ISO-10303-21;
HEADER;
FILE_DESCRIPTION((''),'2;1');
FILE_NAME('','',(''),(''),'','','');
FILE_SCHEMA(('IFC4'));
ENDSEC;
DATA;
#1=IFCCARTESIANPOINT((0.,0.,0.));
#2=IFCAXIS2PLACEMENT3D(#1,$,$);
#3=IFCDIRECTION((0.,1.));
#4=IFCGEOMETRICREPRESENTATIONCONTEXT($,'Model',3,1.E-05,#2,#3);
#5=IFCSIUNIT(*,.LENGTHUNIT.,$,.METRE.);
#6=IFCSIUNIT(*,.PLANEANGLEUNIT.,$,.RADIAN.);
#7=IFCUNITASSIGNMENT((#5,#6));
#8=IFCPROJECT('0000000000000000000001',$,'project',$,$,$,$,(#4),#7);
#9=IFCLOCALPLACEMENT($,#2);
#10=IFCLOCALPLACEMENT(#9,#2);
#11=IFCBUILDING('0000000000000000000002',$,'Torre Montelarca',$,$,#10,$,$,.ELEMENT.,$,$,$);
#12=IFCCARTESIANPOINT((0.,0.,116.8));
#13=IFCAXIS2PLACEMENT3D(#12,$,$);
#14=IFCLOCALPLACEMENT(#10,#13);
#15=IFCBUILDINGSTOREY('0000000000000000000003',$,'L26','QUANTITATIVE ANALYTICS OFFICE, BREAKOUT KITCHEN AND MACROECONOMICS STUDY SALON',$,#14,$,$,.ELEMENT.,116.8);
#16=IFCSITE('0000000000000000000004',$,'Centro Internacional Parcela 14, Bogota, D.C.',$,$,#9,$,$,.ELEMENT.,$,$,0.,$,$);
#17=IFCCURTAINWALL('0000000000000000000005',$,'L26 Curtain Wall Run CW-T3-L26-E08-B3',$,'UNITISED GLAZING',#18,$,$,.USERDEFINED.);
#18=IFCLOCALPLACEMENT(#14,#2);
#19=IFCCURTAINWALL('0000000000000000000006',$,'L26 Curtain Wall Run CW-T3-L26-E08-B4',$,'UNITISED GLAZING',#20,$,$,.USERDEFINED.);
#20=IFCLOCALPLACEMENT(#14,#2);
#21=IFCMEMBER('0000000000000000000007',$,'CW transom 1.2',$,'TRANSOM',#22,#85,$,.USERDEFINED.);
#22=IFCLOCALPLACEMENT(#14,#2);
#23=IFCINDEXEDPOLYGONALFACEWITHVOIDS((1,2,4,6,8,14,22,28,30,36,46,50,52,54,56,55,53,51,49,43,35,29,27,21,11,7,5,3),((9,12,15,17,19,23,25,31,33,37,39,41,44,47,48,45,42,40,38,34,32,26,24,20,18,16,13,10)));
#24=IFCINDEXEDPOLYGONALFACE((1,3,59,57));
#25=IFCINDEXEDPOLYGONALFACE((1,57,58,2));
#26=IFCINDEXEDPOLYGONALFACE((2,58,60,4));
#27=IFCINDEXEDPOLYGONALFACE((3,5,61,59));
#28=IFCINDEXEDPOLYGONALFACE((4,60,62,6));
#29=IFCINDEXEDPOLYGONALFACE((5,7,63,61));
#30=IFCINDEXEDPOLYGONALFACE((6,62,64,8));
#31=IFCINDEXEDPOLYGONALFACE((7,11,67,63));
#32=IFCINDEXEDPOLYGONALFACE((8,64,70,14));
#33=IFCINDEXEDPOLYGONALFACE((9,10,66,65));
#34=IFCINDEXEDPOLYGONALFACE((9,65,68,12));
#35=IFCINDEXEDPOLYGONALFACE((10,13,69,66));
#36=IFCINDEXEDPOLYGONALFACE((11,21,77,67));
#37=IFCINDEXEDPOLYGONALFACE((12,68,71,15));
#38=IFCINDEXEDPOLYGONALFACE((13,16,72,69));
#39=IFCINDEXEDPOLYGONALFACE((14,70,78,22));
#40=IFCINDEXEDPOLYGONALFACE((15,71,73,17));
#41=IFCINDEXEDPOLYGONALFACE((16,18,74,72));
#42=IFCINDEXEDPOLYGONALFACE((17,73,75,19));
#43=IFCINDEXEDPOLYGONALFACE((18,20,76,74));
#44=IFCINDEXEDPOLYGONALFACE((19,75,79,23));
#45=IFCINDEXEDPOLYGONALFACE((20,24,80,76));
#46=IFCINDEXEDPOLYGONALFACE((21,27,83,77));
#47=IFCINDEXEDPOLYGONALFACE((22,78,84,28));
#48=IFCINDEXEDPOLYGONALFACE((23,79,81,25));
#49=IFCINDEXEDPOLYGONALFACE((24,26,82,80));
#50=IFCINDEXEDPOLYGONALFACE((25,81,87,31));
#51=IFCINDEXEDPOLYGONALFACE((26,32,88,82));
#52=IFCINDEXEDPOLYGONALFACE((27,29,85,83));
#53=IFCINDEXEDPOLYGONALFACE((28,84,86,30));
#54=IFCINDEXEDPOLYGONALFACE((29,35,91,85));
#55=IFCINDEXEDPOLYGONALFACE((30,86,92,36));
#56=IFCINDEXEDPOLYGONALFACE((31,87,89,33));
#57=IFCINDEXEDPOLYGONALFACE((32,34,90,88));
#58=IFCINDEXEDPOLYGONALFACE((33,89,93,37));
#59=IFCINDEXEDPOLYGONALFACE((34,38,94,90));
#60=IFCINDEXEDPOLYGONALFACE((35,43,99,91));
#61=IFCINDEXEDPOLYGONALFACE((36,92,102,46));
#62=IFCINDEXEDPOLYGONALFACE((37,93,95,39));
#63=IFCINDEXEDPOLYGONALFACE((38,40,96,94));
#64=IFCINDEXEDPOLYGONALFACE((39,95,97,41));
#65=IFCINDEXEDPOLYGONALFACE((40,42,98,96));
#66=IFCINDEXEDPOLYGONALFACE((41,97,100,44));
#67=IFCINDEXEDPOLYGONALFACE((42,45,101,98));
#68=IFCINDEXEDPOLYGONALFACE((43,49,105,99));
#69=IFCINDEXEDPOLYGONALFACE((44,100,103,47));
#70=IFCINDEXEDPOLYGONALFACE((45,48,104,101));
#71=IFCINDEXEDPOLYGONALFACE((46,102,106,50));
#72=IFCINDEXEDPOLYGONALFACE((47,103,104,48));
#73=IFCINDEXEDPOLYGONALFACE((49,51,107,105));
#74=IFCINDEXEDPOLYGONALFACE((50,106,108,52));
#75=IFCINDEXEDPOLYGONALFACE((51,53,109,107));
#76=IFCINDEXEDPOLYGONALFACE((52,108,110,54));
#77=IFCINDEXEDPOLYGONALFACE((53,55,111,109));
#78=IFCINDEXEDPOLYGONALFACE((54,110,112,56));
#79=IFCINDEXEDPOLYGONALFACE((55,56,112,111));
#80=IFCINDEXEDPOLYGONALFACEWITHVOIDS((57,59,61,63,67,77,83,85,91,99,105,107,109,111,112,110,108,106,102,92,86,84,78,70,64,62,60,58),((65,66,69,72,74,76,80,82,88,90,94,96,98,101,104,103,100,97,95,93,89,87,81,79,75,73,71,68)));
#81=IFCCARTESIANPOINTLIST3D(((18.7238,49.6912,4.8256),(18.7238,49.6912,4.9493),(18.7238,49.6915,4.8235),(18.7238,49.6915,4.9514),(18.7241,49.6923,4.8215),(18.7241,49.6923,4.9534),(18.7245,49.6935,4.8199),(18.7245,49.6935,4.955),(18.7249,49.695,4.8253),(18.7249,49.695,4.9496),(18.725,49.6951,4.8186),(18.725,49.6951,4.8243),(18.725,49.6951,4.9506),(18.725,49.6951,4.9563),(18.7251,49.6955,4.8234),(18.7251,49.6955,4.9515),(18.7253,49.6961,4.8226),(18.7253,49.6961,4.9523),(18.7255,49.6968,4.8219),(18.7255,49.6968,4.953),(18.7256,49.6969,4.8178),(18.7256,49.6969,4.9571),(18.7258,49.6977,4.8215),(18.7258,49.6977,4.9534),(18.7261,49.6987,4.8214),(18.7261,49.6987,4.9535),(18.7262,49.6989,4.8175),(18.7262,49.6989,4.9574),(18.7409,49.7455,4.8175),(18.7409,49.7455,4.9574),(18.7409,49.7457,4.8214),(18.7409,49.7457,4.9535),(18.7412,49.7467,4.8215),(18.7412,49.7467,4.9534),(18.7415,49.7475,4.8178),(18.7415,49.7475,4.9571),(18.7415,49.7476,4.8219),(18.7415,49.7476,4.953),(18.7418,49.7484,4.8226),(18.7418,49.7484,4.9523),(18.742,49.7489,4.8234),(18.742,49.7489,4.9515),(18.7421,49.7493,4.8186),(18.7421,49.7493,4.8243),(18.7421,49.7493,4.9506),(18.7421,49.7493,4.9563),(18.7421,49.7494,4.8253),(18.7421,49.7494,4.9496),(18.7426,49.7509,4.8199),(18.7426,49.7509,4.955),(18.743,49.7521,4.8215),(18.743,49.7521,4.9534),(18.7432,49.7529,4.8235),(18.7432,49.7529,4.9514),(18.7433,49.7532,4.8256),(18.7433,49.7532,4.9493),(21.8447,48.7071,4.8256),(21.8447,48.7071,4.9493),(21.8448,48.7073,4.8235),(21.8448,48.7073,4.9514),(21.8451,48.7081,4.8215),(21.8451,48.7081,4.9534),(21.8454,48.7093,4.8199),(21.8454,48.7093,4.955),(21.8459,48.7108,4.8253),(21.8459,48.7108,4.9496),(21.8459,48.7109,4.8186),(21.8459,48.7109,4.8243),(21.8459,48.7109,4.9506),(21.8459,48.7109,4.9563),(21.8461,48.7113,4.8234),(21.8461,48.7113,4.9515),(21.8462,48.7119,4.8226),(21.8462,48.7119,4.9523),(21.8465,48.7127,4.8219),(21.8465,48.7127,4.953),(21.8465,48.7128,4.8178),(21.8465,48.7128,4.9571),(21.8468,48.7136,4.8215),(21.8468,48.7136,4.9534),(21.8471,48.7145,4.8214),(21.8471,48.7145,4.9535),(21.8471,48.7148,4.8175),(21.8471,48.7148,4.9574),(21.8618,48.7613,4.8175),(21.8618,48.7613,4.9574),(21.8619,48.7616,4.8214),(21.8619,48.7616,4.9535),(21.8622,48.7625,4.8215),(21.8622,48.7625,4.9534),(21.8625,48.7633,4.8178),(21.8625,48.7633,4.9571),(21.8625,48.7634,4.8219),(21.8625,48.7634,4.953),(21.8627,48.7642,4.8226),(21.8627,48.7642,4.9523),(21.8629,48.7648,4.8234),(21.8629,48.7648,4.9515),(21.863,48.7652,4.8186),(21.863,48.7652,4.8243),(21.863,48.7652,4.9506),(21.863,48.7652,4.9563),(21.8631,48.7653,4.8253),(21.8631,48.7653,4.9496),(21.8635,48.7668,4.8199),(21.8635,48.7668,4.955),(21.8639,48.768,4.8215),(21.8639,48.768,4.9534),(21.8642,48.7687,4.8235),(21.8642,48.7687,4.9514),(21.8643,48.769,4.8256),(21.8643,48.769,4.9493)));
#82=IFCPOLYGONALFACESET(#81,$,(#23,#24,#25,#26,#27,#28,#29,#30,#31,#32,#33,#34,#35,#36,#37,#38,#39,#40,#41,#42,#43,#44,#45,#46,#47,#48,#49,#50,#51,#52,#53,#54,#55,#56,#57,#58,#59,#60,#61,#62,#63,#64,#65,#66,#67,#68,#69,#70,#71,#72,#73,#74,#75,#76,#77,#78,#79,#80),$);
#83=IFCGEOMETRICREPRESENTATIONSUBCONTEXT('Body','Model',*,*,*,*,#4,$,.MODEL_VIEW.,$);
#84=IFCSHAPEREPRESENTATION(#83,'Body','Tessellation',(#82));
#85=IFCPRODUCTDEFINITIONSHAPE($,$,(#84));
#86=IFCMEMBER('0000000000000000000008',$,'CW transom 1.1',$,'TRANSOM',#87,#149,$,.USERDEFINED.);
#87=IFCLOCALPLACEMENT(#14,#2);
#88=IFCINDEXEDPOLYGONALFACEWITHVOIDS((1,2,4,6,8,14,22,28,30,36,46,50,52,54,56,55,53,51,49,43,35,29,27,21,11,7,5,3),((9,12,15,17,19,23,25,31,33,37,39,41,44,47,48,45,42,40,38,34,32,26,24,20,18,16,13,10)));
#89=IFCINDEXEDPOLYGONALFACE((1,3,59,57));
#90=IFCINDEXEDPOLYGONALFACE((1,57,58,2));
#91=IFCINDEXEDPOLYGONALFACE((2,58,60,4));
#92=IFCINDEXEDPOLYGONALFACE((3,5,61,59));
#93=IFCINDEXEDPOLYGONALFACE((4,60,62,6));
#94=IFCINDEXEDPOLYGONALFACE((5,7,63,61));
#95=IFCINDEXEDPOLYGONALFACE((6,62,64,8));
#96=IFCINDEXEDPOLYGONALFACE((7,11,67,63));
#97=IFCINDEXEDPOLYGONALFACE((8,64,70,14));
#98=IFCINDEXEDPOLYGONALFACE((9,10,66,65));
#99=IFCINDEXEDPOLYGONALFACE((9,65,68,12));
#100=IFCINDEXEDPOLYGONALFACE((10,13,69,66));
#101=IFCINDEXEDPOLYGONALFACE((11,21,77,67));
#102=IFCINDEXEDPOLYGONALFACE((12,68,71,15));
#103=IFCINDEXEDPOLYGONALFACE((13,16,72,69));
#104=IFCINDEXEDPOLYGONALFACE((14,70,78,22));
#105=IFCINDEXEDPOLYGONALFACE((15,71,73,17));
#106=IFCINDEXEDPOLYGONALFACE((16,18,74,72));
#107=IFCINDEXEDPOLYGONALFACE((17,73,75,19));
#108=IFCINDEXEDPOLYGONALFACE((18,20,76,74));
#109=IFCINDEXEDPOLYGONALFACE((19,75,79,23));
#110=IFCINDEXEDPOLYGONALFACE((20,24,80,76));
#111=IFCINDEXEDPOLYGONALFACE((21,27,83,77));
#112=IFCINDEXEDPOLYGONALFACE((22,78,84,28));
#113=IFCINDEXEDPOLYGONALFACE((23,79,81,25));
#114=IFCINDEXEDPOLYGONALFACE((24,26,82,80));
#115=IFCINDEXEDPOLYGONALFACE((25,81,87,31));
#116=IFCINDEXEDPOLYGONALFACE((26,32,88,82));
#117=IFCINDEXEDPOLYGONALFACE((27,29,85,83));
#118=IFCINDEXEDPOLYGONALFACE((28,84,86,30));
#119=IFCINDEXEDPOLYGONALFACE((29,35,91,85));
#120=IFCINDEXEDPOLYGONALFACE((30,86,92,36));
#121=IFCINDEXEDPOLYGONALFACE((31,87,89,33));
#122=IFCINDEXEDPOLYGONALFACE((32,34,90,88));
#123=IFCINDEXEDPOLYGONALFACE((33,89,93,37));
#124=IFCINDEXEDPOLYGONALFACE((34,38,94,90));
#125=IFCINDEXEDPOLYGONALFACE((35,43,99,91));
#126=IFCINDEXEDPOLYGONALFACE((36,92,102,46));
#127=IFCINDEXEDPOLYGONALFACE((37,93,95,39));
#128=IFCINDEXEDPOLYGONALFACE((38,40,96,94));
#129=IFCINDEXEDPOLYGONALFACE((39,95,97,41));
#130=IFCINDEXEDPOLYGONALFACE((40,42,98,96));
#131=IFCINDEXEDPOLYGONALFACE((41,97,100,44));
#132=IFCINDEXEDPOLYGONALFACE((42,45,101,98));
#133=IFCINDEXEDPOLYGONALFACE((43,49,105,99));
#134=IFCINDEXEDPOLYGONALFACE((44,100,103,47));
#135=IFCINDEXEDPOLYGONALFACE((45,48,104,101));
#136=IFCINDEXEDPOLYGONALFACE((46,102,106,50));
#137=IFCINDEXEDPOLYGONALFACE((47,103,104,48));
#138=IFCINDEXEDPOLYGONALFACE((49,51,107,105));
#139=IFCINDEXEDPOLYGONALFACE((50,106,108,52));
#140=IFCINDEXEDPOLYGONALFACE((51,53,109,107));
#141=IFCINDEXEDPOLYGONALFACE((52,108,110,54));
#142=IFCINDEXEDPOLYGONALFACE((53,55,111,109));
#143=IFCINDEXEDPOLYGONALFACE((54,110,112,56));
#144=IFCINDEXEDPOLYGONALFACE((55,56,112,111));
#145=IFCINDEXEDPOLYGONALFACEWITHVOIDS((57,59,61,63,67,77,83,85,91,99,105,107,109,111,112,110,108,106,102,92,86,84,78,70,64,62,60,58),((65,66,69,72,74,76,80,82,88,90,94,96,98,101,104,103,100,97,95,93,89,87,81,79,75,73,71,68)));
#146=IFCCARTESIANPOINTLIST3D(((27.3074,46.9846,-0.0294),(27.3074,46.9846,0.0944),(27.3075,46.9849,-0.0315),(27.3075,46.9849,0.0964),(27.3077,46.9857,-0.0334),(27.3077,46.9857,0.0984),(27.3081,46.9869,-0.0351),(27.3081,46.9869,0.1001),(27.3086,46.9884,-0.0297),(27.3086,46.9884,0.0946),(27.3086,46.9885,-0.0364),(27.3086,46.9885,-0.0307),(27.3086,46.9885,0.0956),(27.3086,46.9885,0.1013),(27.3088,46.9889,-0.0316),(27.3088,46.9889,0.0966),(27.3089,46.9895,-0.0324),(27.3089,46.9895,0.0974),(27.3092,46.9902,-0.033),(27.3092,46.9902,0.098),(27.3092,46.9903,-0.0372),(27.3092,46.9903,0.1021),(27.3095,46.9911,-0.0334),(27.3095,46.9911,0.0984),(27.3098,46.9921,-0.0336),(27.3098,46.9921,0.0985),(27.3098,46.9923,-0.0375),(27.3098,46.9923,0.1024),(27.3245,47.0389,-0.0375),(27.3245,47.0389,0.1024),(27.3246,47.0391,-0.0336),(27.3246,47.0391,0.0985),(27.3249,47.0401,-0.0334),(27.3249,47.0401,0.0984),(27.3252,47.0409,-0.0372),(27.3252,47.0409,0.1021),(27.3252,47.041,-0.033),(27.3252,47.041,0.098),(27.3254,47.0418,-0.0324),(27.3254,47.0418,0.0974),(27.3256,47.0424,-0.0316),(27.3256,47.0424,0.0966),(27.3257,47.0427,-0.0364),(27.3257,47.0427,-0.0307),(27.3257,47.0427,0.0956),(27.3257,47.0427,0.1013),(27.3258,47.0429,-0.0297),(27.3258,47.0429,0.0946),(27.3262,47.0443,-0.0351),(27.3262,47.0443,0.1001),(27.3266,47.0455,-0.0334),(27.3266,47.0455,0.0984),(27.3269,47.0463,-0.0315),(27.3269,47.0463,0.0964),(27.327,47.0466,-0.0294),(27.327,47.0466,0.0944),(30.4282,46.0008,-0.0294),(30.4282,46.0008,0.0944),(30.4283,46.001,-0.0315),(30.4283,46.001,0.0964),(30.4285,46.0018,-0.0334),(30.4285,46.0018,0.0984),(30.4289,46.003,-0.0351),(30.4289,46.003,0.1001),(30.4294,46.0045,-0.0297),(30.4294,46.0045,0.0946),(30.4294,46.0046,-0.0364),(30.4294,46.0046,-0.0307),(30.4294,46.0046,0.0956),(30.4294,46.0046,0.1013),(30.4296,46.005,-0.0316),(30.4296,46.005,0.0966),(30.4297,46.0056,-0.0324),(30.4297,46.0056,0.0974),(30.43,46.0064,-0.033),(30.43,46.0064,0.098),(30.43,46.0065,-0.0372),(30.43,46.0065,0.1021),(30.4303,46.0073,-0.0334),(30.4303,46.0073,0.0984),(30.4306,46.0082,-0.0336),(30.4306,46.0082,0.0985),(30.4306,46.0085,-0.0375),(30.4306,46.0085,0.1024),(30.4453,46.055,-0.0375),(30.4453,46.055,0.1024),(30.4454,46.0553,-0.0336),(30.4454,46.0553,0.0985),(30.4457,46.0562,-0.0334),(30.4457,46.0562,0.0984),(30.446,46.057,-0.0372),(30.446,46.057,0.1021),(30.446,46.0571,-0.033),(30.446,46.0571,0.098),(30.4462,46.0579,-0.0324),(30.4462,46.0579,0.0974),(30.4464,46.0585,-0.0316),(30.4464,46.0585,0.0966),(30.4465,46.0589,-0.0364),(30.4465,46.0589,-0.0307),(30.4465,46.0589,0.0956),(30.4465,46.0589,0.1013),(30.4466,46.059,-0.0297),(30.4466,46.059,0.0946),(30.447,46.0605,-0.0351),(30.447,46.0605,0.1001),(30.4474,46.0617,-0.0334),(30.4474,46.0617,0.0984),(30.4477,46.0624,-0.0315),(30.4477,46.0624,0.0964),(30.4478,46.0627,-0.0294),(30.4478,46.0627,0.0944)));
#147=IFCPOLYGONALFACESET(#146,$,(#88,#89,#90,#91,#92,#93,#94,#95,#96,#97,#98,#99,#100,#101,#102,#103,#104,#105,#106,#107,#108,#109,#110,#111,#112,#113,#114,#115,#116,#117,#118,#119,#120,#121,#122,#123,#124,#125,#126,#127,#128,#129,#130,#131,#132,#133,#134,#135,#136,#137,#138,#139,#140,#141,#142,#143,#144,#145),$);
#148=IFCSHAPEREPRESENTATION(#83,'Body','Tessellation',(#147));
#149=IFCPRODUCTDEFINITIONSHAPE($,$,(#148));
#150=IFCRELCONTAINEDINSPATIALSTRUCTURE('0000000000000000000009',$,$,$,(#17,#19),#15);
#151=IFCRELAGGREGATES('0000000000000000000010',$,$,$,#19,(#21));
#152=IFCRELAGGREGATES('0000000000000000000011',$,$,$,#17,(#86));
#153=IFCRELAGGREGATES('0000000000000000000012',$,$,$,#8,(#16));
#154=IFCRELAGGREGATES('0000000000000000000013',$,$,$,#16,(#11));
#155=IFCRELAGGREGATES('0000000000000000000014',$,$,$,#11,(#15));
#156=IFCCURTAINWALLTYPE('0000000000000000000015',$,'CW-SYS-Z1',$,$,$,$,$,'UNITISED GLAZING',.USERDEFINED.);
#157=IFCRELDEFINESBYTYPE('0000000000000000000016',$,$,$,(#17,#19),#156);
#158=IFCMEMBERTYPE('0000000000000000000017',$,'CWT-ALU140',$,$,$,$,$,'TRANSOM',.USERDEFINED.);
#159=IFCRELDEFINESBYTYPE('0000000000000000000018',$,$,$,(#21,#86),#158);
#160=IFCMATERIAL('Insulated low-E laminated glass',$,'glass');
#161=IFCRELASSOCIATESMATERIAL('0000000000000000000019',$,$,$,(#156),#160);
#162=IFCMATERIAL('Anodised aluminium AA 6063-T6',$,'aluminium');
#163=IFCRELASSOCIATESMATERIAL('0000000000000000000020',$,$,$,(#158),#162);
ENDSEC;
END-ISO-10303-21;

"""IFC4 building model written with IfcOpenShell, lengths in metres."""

from ifc_helpers import new_model, si_unit, direction, frame, origin, origin_2d, place, context, subcontext, project, spatial, hollow_rectangle, extrude, source, transform, mapped, material, material_profile, profile_set, type_object, element, aggregate, save


model = new_model("IFC4")

# Units and contexts
model_context = context("Model", 3, precision=1e-05, world=origin(), true_north=direction((0.0, 1.0)))
body_context = subcontext(model_context, "Body", "Model", "MODEL_VIEW")
ifc_project = project(units=[si_unit("LENGTHUNIT", "METRE"), si_unit("PLANEANGLEUNIT", "RADIAN")], contexts=[model_context])

# Site, building, storey
site_placement = place(None, origin())
site = spatial("IfcSite", under=ifc_project, at=site_placement, Name="Centro Internacional Parcela 14, Bogota, D.C.", CompositionType="ELEMENT", RefElevation=0.0)
building_placement = place(site_placement, origin())
building = spatial("IfcBuilding", under=site, at=building_placement, Name="Torre Montelarca", CompositionType="ELEMENT")
storey_placement = place(building_placement, frame((0.0, 0.0, 116.8)))
storey = spatial("IfcBuildingStorey", under=building, at=storey_placement, Name="L26", Description="QUANTITATIVE ANALYTICS OFFICE, BREAKOUT KITCHEN AND MACROECONOMICS STUDY SALON", CompositionType="ELEMENT", Elevation=116.8)

# Curtain walls, member
ifc_material_1 = material(Name="Insulated low-E laminated glass", Category="glass")
curtain_wall_type = type_object("IfcCurtainWallType", Name="CW-SYS-Z1", ElementType="UNITISED GLAZING", PredefinedType="USERDEFINED", material=ifc_material_1)
curtain_wall_1_placement = place(storey_placement, origin())
curtain_wall_1 = element("IfcCurtainWall", 1, at=curtain_wall_1_placement, inside=storey, type_object=curtain_wall_type, Name="L26 Curtain Wall Run CW-T3-L26-E08-B3", ObjectType="UNITISED GLAZING", PredefinedType="USERDEFINED")
ifc_material_2 = material(Name="Anodised aluminium AA 6063-T6", Category="aluminium")
ifc_material_profile_1 = material_profile(ifc_material_2, hollow_rectangle(XDim=0.0649, YDim=0.1399, WallThickness=0.0039, InnerFilletRadius=0.0039, OuterFilletRadius=0.0081, at=origin_2d()), Name="ALU65X140X4", Category="aluminium")
ifc_profile_set_1 = profile_set([ifc_material_profile_1], Name="Anodised aluminium AA 6063-T6")
member_type_1 = type_object("IfcMemberType", Name="CWT-ALU140", ElementType="TRANSOM", PredefinedType="USERDEFINED", material=ifc_profile_set_1)
shared_shape_1 = source(origin(), body_context, "Body", "SweptSolid", [
    extrude(hollow_rectangle(XDim=0.0649, YDim=0.1399, WallThickness=0.0039, InnerFilletRadius=0.0039, OuterFilletRadius=0.0081, at=origin_2d()), origin(), (0.0, 0.0, 1.0), 3.2725),
])
curtain_wall_2_placement = place(storey_placement, origin())
curtain_wall_2 = element("IfcCurtainWall", 2, at=curtain_wall_2_placement, inside=storey, type_object=curtain_wall_type, Name="L26 Curtain Wall Run CW-T3-L26-E08-B4", ObjectType="UNITISED GLAZING", PredefinedType="USERDEFINED")
member_1_placement = place(storey_placement, frame((21.8545, 48.738, 4.8875), z_axis=(-0.953705, 0.300742, 0.0), x_axis=(-0.300742, -0.953705, 0.0)))
member_1 = element("IfcMember", 3, at=member_1_placement, type_object=member_type_1, Name="CW transom 1.2", ObjectType="TRANSOM", PredefinedType="USERDEFINED", context=body_context, shape_type="MappedRepresentation", body=[
    mapped(shared_shape_1, transform((0.0, 0.0, 0.0), scale=1.0)),
])

# Member
shared_shape_2 = source(origin(), body_context, "Body", "SweptSolid", [
    extrude(hollow_rectangle(XDim=0.0649, YDim=0.1399, WallThickness=0.0039, InnerFilletRadius=0.0039, OuterFilletRadius=0.0081, at=origin_2d()), origin(), (0.0, 0.0, 1.0), 3.2722),
])
member_2_placement = place(storey_placement, frame((30.438, 46.0317, 0.0325), z_axis=(-0.953727, 0.300674, 0.0), x_axis=(-0.300674, -0.953727, 0.0)))
member_2 = element("IfcMember", 4, at=member_2_placement, type_object=member_type_1, Name="CW transom 1.1", ObjectType="TRANSOM", PredefinedType="USERDEFINED", context=body_context, shape_type="MappedRepresentation", body=[
    mapped(shared_shape_2, transform((0.0, 0.0, 0.0), scale=1.0)),
])

aggregate(curtain_wall_2, [member_1])

aggregate(curtain_wall_1, [member_2])

save(model, "model.ifc")
